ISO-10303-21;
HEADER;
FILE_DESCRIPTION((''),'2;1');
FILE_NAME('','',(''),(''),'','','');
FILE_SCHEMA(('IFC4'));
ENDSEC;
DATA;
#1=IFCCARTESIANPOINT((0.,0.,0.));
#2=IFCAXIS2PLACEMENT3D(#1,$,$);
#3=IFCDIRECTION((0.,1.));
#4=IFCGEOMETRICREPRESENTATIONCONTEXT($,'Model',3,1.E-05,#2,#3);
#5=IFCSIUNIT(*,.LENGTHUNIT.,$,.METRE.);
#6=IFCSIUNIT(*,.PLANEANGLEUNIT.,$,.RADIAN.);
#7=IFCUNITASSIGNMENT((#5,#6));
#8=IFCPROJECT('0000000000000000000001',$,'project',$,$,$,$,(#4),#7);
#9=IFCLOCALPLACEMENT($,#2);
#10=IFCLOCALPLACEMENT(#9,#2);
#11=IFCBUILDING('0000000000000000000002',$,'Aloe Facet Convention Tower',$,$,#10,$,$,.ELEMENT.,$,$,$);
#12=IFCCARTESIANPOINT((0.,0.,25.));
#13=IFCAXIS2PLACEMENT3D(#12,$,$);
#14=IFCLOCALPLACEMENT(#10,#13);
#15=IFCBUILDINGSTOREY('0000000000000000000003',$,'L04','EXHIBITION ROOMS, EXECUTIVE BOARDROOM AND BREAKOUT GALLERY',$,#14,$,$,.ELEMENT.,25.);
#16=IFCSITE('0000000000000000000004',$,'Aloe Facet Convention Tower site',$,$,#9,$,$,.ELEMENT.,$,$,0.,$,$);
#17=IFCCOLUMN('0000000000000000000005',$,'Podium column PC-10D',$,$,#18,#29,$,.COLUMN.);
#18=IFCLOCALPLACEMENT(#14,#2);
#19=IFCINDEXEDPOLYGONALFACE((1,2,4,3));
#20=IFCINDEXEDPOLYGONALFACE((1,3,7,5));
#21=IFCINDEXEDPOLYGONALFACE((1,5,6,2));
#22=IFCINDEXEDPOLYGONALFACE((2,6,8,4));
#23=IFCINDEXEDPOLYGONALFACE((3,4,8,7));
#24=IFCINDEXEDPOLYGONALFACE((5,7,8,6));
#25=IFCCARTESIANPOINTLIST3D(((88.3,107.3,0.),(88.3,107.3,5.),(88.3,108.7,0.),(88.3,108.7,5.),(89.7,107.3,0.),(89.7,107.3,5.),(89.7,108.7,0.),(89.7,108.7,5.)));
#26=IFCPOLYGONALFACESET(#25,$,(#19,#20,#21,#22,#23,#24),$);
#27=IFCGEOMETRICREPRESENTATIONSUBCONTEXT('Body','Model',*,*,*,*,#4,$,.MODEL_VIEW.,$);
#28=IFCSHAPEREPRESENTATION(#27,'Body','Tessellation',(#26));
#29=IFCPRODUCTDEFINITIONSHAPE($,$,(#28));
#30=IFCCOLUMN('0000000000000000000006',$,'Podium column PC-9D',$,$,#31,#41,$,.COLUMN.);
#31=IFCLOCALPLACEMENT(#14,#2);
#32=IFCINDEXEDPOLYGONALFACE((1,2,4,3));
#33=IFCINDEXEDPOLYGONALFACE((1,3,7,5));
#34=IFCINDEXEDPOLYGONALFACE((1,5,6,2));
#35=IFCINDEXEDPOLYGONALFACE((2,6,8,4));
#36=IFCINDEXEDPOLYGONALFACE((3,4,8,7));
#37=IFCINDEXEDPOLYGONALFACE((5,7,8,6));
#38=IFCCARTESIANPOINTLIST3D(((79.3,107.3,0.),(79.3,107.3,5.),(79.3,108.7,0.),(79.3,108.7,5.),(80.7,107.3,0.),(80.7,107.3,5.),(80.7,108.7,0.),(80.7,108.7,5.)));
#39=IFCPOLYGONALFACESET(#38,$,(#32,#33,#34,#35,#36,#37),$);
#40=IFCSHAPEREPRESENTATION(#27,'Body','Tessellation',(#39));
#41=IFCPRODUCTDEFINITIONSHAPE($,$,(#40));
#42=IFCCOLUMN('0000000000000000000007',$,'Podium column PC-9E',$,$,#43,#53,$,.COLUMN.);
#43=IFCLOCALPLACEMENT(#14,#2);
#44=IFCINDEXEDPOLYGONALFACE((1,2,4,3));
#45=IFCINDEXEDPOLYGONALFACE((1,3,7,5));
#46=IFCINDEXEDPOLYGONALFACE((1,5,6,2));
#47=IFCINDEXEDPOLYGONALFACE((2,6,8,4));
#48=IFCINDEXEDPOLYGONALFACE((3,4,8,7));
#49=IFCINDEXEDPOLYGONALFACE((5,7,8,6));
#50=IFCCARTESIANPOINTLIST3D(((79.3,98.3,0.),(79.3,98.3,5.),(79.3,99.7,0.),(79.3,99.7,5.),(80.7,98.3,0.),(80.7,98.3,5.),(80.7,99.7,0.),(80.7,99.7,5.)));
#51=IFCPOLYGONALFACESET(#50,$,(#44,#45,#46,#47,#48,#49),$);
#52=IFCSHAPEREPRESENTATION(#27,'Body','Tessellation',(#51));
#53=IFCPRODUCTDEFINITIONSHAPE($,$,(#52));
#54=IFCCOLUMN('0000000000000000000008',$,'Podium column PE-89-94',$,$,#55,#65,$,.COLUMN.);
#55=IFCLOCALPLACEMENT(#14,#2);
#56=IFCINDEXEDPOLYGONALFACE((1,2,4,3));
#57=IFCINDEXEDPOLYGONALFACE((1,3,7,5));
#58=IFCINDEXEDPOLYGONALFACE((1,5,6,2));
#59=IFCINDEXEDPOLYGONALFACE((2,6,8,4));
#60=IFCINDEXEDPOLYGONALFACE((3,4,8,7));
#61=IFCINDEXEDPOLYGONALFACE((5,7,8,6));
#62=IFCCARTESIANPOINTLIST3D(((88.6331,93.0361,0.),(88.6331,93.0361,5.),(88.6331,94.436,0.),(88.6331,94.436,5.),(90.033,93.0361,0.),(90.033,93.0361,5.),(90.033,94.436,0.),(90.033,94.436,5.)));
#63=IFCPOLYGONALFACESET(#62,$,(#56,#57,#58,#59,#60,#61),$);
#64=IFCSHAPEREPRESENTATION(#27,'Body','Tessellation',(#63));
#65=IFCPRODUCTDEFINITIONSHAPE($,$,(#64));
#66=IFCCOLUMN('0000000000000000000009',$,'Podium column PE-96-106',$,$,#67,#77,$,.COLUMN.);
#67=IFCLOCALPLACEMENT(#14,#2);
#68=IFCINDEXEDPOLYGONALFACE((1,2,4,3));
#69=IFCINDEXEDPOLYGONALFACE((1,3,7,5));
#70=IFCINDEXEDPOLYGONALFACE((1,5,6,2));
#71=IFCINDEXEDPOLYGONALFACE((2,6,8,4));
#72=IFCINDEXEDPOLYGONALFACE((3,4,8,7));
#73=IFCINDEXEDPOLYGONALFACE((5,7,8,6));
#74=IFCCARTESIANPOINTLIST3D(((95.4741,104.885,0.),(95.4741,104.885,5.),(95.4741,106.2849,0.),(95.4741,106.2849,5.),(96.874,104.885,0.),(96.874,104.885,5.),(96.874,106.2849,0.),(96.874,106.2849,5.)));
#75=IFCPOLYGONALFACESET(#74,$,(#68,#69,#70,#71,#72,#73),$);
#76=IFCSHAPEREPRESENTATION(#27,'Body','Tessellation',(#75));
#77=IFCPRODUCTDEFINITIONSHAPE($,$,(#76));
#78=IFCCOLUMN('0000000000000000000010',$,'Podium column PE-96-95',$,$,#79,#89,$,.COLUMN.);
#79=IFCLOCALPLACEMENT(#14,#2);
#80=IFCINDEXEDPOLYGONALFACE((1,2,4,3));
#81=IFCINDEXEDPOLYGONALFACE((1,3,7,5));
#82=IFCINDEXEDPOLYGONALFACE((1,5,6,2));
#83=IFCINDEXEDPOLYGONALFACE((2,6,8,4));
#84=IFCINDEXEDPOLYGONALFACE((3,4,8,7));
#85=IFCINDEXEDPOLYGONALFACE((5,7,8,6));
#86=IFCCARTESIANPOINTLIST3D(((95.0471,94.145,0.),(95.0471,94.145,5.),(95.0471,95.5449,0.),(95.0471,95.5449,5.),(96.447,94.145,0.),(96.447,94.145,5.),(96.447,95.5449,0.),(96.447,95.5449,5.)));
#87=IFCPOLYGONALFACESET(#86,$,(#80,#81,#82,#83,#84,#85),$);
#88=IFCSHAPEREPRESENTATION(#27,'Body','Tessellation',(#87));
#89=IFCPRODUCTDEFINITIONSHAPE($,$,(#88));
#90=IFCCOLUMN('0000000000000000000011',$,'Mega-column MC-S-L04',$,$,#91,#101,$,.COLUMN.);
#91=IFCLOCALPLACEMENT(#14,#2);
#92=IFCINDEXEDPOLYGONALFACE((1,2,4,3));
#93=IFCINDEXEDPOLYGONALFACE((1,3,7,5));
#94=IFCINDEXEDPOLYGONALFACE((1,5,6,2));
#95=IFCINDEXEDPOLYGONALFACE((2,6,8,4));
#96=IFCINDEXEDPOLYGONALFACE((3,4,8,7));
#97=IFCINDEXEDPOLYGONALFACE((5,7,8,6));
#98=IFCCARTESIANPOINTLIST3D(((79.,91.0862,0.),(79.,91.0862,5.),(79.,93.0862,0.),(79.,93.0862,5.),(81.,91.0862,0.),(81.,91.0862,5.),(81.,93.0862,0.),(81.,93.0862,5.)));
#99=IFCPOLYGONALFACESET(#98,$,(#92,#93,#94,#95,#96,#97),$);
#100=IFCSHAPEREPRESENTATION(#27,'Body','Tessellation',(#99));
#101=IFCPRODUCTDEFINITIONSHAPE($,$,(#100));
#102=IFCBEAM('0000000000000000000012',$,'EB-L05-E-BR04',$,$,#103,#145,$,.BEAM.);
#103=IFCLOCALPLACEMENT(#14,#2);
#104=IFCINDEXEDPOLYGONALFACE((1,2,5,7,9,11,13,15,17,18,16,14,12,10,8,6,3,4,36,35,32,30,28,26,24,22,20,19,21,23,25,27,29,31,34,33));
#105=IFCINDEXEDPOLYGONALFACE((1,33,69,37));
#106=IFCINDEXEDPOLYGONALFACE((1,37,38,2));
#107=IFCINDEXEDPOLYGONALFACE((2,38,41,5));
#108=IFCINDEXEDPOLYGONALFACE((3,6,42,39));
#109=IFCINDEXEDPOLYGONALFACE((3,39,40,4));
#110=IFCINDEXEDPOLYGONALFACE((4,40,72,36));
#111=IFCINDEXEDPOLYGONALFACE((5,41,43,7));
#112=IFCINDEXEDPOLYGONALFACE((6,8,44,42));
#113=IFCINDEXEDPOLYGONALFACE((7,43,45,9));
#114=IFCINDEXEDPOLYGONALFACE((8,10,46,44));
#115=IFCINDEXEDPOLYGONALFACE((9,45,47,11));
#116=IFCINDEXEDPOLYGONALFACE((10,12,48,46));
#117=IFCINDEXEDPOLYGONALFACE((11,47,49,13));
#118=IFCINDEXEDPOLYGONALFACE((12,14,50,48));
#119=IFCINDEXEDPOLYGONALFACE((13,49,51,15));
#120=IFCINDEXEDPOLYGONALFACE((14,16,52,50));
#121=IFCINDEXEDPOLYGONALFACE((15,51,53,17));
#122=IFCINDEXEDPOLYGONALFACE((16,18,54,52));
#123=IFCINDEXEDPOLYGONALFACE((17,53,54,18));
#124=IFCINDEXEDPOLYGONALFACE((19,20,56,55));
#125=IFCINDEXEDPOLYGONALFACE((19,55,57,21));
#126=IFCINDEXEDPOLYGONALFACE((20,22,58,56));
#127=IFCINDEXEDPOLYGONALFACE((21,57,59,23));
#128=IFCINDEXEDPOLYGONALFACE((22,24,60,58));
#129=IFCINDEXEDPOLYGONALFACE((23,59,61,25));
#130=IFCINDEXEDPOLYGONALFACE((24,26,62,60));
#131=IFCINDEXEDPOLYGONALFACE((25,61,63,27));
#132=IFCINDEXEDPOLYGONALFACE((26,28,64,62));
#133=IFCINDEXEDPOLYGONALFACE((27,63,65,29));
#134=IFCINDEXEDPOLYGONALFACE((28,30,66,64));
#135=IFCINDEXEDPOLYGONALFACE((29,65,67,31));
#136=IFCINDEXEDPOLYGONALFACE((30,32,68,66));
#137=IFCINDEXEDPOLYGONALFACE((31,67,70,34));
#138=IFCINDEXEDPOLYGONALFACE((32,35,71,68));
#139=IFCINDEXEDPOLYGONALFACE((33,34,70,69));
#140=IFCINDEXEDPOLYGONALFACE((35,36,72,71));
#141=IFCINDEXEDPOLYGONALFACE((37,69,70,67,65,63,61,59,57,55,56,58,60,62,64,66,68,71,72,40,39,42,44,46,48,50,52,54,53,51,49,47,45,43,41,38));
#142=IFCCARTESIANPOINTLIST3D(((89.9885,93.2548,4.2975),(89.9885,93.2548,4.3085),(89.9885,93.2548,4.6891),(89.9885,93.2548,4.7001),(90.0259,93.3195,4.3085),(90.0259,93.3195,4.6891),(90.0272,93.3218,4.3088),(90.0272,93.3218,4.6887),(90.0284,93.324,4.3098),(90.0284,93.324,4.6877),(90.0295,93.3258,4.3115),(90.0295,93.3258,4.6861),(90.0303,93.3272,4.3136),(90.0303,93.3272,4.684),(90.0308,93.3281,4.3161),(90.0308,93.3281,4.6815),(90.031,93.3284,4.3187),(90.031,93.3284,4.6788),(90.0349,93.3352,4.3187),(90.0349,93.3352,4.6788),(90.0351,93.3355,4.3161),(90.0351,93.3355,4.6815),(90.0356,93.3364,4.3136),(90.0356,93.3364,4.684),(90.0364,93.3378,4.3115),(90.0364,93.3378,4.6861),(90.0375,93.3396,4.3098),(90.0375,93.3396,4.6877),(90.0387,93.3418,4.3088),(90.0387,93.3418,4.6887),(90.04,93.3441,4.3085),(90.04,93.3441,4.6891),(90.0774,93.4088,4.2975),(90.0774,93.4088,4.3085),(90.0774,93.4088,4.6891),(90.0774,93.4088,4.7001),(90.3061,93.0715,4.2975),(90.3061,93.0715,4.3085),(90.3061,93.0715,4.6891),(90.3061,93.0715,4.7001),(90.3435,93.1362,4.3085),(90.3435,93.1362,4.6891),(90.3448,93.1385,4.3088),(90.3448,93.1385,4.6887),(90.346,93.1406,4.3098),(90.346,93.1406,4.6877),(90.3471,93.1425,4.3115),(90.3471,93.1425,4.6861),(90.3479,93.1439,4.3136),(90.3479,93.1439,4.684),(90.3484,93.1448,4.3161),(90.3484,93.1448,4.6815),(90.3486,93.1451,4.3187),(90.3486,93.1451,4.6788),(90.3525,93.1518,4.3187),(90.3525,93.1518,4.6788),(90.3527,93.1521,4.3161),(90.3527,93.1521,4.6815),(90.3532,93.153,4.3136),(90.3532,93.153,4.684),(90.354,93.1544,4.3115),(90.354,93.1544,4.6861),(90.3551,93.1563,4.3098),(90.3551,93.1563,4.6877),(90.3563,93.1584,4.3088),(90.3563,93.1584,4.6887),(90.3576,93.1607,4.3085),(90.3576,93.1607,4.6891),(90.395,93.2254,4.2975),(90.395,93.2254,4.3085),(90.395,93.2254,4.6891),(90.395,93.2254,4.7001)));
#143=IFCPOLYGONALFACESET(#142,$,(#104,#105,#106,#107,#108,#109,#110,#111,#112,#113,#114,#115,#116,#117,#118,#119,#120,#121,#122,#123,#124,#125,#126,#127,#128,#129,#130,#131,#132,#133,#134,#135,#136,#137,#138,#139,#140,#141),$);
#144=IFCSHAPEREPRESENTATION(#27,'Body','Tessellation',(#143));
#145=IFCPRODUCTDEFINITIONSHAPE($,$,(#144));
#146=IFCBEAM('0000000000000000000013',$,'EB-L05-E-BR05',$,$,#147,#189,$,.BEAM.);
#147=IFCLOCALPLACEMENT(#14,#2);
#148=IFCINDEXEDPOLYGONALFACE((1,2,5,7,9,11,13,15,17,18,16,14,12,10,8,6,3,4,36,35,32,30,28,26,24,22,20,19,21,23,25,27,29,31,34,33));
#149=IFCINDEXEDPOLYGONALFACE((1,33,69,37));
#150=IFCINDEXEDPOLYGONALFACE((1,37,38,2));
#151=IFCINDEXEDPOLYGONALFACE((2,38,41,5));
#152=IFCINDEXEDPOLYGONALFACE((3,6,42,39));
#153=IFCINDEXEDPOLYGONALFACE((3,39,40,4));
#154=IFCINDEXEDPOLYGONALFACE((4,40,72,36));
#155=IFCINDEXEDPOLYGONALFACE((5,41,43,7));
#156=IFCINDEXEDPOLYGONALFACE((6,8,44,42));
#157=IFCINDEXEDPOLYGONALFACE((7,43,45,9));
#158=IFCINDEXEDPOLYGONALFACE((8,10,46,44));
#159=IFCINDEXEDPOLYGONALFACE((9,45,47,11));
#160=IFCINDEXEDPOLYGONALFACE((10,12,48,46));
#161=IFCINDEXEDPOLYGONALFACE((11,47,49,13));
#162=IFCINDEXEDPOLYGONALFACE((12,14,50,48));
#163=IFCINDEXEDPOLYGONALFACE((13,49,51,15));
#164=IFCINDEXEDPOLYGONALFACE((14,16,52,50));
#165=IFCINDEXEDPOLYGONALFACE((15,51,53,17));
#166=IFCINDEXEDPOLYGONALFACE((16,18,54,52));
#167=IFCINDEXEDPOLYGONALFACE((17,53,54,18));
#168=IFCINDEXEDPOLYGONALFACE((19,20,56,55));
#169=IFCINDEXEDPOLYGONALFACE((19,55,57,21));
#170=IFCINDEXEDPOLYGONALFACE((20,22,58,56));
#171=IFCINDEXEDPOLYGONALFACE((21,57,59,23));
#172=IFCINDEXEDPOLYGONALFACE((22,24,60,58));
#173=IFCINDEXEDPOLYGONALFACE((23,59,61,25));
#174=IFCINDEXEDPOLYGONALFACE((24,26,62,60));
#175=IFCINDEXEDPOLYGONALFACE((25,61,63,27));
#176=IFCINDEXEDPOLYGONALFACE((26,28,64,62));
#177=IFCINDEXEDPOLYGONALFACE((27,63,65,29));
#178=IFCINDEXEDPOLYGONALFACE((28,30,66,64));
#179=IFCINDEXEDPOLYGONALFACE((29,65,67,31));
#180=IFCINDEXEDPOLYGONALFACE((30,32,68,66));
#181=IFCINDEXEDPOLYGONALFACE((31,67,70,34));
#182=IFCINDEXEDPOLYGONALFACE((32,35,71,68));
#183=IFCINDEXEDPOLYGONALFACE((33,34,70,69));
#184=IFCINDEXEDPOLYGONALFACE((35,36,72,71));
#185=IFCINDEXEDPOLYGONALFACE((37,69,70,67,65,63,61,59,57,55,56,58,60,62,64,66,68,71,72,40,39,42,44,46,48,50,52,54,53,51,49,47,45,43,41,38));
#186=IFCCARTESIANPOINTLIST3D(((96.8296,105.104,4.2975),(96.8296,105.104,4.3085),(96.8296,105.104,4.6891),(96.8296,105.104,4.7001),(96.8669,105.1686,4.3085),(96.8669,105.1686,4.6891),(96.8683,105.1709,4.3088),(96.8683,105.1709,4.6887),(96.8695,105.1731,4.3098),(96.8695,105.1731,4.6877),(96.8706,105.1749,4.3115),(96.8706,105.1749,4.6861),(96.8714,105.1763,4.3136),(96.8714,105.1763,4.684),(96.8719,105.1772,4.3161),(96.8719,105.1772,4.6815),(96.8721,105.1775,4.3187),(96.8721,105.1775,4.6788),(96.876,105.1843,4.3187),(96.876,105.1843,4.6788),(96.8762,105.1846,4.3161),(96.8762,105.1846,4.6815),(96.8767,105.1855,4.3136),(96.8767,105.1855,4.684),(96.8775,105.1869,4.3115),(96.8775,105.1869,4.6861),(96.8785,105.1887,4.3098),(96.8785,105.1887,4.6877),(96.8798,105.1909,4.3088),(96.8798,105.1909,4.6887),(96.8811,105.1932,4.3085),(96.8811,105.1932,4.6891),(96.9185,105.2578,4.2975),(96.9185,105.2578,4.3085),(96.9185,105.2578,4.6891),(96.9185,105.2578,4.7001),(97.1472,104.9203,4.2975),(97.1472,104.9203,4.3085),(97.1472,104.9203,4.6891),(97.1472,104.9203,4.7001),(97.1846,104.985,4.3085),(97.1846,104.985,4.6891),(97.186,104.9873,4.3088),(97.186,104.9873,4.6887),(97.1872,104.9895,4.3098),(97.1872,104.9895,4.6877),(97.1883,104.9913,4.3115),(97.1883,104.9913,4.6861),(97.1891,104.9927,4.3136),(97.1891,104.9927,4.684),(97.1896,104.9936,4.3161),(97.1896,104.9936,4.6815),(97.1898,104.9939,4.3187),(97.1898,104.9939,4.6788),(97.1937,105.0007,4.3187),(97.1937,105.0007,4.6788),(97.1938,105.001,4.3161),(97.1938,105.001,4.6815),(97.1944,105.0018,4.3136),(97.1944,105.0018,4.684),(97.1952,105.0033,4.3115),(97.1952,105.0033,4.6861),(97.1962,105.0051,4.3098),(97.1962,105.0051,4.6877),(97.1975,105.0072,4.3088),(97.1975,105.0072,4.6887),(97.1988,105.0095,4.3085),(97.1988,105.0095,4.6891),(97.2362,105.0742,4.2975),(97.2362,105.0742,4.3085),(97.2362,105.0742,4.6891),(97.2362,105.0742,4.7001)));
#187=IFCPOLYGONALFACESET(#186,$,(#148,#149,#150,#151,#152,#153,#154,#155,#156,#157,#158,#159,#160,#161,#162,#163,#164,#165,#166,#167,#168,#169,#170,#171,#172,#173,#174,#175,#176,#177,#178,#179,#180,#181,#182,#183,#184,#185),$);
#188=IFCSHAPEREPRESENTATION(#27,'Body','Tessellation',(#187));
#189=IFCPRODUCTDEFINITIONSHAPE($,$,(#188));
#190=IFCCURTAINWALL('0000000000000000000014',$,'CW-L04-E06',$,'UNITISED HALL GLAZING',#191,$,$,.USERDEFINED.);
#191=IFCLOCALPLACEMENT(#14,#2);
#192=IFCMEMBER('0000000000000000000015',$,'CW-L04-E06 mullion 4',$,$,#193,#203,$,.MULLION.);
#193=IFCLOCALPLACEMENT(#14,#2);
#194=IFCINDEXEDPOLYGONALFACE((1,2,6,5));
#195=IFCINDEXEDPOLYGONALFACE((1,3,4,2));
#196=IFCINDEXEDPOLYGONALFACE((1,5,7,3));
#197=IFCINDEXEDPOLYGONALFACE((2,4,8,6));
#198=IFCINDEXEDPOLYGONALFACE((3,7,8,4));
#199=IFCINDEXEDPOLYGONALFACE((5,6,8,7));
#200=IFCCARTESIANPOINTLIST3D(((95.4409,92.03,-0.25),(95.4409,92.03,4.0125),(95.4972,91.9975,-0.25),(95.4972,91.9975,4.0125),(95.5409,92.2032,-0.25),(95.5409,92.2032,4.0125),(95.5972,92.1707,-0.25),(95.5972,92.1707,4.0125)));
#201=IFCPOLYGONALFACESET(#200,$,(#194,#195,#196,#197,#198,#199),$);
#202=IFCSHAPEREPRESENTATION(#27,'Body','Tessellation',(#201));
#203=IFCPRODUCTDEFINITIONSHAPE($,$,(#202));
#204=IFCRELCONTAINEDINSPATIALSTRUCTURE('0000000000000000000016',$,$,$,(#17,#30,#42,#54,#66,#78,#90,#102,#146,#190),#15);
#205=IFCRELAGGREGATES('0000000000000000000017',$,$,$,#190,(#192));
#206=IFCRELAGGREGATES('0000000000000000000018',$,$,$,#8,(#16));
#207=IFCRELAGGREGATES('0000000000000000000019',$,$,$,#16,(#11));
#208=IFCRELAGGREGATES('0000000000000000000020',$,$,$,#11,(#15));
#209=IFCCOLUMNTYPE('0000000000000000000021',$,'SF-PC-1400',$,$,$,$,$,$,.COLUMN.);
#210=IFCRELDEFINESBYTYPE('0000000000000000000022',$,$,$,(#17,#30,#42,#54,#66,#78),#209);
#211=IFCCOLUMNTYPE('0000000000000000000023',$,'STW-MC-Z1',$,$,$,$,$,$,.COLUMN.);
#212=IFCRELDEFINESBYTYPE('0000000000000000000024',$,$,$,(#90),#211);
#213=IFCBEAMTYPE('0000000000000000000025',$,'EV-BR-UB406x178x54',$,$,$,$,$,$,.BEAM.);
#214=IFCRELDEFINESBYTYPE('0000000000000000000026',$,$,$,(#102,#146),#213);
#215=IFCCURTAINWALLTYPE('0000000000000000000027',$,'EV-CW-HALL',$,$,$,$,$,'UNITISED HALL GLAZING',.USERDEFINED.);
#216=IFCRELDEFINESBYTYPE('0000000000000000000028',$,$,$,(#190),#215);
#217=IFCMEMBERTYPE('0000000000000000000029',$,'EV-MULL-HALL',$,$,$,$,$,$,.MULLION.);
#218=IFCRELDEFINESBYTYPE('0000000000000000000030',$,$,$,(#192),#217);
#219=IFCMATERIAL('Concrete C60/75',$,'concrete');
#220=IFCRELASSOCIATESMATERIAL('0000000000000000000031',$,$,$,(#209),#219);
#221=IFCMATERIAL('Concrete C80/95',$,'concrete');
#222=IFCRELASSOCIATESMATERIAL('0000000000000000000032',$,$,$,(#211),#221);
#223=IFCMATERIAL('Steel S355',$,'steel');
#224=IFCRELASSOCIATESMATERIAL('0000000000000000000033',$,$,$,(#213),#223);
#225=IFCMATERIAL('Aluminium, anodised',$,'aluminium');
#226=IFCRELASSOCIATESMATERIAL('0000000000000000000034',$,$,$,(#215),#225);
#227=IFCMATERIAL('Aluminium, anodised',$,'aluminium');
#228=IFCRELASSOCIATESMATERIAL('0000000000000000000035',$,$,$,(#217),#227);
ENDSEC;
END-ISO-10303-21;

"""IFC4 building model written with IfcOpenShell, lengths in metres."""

from ifc_helpers import new_model, si_unit, direction, frame, origin, origin_2d, place, context, subcontext, project, spatial, rectangle, i_section, extrude, material, material_profile, profile_set, type_object, element, aggregate, save


model = new_model("IFC4")

# Units and contexts
model_context = context("Model", 3, precision=1e-05, world=origin(), true_north=direction((0.0, 1.0)))
body_context = subcontext(model_context, "Body", "Model", "MODEL_VIEW")
ifc_project = project(units=[si_unit("LENGTHUNIT", "METRE"), si_unit("PLANEANGLEUNIT", "RADIAN")], contexts=[model_context])

# Site, building, storey
site_placement = place(None, origin())
site = spatial("IfcSite", under=ifc_project, at=site_placement, Name="Aloe Facet Convention Tower site", CompositionType="ELEMENT", RefElevation=0.0)
building_placement = place(site_placement, origin())
building = spatial("IfcBuilding", under=site, at=building_placement, Name="Aloe Facet Convention Tower", CompositionType="ELEMENT")
storey_placement = place(building_placement, frame((0.0, 0.0, 25.0)))
storey = spatial("IfcBuildingStorey", under=building, at=storey_placement, Name="L04", Description="EXHIBITION ROOMS, EXECUTIVE BOARDROOM AND BREAKOUT GALLERY", CompositionType="ELEMENT", Elevation=25.0)

# Columns
ifc_material_1 = material(Name="Concrete C60/75", Category="concrete")
ifc_material_profile_1 = material_profile(ifc_material_1, rectangle(XDim=1.3999, YDim=1.3999, at=origin_2d()), Name="SF-PC-1400")
ifc_profile_set_1 = profile_set([ifc_material_profile_1], Name="Concrete C60/75")
column_type_1 = type_object("IfcColumnType", Name="SF-PC-1400", PredefinedType="COLUMN", material=ifc_profile_set_1)
for number, where, z_axis, x_axis, name in (
    (1, (89.0, 108.0, 0.0), (0.0, 0.0, 1.0), (1.0, 0.0, 0.0), "Podium column PC-10D"),
    (2, (80.0, 108.0, 0.0), (0.0, 0.0, 1.0), (1.0, 0.0, 0.0), "Podium column PC-9D"),
    (3, (80.0, 99.0, 0.0), (0.0, 0.0, 1.0), (1.0, 0.0, 0.0), "Podium column PC-9E"),
    (4, (89.333, 93.7361, 0.0), (0.0, 0.0, 1.0), (1.0, 0.0, 0.0), "Podium column PE-89-94"),
    (5, (96.1741, 105.585, 0.0), (0.0, 0.0, 1.0), (1.0, 0.0, 0.0), "Podium column PE-96-106"),
    (6, (95.7471, 94.845, 0.0), (0.0, 0.0, 1.0), (1.0, 0.0, 0.0), "Podium column PE-96-95"),
):
    element("IfcColumn", number, at=place(storey_placement, frame(where, z_axis=z_axis, x_axis=x_axis)), inside=storey, type_object=column_type_1, Name=name, PredefinedType="COLUMN", context=body_context, shape_type="SweptSolid", body=[
        extrude(rectangle(XDim=1.3999, YDim=1.3999, at=origin_2d()), origin(), (0.0, 0.0, 1.0), 5.0),
    ])
ifc_material_2 = material(Name="Concrete C80/95", Category="concrete")
ifc_material_profile_2 = material_profile(ifc_material_2, rectangle(XDim=2.0, YDim=2.0, at=origin_2d()), Name="STW-MC-Z1")
ifc_profile_set_2 = profile_set([ifc_material_profile_2], Name="Concrete C80/95")
column_type_2 = type_object("IfcColumnType", Name="STW-MC-Z1", PredefinedType="COLUMN", material=ifc_profile_set_2)
column_placement = place(storey_placement, frame((80.0, 92.0862, 0.0), z_axis=(0.0, 0.0, 1.0), x_axis=(1.0, 0.0, 0.0)))
element("IfcColumn", 7, at=column_placement, inside=storey, type_object=column_type_2, Name="Mega-column MC-S-L04", PredefinedType="COLUMN", context=body_context, shape_type="SweptSolid", body=[
    extrude(rectangle(XDim=2.0, YDim=2.0, at=origin_2d()), origin(), (0.0, 0.0, 1.0), 5.0),
])

# Beams
ifc_material_3 = material(Name="Steel S355", Category="steel")
ifc_material_profile_3 = material_profile(ifc_material_3, i_section(OverallWidth=0.1777, OverallDepth=0.4026, WebThickness=0.0078, FlangeThickness=0.011, FilletRadius=0.0103, at=origin_2d()), Name="UB 406x178x54")
ifc_profile_set_3 = profile_set([ifc_material_profile_3], Name="Steel S355")
beam_type_1 = type_object("IfcBeamType", Name="EV-BR-UB406x178x54", PredefinedType="BEAM", material=ifc_profile_set_3)
beam_1_placement = place(storey_placement, frame((90.033, 93.3318, 4.4988), z_axis=(0.866064, -0.499934, 0.0), x_axis=(0.499934, 0.866064, 0.0)))
element("IfcBeam", 8, at=beam_1_placement, inside=storey, type_object=beam_type_1, Name="EB-L05-E-BR04", PredefinedType="BEAM", context=body_context, shape_type="SweptSolid", body=[
    extrude(i_section(OverallWidth=0.1777, OverallDepth=0.4026, WebThickness=0.0078, FlangeThickness=0.011, FilletRadius=0.0103, at=origin_2d()), origin(), (0.0, 0.0, 1.0), 0.3667),
])
beam_2_placement = place(storey_placement, frame((96.874, 105.1809, 4.4988), z_axis=(0.865775, -0.500433, 0.0), x_axis=(0.500433, 0.865775, 0.0)))
element("IfcBeam", 9, at=beam_2_placement, inside=storey, type_object=beam_type_1, Name="EB-L05-E-BR05", PredefinedType="BEAM", context=body_context, shape_type="SweptSolid", body=[
    extrude(i_section(OverallWidth=0.1777, OverallDepth=0.4026, WebThickness=0.0078, FlangeThickness=0.011, FilletRadius=0.0103, at=origin_2d()), origin(), (0.0, 0.0, 1.0), 0.3669),
])

# Curtain wall, member
ifc_material_4 = material(Name="Aluminium, anodised", Category="aluminium")
curtain_wall_type = type_object("IfcCurtainWallType", Name="EV-CW-HALL", ElementType="UNITISED HALL GLAZING", PredefinedType="USERDEFINED", material=ifc_material_4)
curtain_wall_1_placement = place(storey_placement, origin())
curtain_wall_1 = element("IfcCurtainWall", 10, at=curtain_wall_1_placement, inside=storey, type_object=curtain_wall_type, Name="CW-L04-E06", ObjectType="UNITISED HALL GLAZING", PredefinedType="USERDEFINED")
ifc_material_5 = material(Name="Aluminium, anodised", Category="aluminium")
ifc_material_profile_4 = material_profile(ifc_material_5, rectangle(XDim=0.0649, YDim=0.2, at=origin_2d()), Name="AL 65x200")
ifc_profile_set_4 = profile_set([ifc_material_profile_4], Name="Aluminium, anodised")
member_type_1 = type_object("IfcMemberType", Name="EV-MULL-HALL", PredefinedType="MULLION", material=ifc_profile_set_4)
member_1_placement = place(storey_placement, frame((95.519, 92.1003, -0.25), z_axis=(0.0, 0.0, 1.0), x_axis=(-0.866025, 0.5, 0.0)))
member_1 = element("IfcMember", 11, at=member_1_placement, type_object=member_type_1, Name="CW-L04-E06 mullion 4", PredefinedType="MULLION", context=body_context, shape_type="SweptSolid", body=[
    extrude(rectangle(XDim=0.0649, YDim=0.2, at=origin_2d()), origin(), (0.0, 0.0, 1.0), 4.2625),
])
aggregate(curtain_wall_1, [member_1])

save(model, "model.ifc")
